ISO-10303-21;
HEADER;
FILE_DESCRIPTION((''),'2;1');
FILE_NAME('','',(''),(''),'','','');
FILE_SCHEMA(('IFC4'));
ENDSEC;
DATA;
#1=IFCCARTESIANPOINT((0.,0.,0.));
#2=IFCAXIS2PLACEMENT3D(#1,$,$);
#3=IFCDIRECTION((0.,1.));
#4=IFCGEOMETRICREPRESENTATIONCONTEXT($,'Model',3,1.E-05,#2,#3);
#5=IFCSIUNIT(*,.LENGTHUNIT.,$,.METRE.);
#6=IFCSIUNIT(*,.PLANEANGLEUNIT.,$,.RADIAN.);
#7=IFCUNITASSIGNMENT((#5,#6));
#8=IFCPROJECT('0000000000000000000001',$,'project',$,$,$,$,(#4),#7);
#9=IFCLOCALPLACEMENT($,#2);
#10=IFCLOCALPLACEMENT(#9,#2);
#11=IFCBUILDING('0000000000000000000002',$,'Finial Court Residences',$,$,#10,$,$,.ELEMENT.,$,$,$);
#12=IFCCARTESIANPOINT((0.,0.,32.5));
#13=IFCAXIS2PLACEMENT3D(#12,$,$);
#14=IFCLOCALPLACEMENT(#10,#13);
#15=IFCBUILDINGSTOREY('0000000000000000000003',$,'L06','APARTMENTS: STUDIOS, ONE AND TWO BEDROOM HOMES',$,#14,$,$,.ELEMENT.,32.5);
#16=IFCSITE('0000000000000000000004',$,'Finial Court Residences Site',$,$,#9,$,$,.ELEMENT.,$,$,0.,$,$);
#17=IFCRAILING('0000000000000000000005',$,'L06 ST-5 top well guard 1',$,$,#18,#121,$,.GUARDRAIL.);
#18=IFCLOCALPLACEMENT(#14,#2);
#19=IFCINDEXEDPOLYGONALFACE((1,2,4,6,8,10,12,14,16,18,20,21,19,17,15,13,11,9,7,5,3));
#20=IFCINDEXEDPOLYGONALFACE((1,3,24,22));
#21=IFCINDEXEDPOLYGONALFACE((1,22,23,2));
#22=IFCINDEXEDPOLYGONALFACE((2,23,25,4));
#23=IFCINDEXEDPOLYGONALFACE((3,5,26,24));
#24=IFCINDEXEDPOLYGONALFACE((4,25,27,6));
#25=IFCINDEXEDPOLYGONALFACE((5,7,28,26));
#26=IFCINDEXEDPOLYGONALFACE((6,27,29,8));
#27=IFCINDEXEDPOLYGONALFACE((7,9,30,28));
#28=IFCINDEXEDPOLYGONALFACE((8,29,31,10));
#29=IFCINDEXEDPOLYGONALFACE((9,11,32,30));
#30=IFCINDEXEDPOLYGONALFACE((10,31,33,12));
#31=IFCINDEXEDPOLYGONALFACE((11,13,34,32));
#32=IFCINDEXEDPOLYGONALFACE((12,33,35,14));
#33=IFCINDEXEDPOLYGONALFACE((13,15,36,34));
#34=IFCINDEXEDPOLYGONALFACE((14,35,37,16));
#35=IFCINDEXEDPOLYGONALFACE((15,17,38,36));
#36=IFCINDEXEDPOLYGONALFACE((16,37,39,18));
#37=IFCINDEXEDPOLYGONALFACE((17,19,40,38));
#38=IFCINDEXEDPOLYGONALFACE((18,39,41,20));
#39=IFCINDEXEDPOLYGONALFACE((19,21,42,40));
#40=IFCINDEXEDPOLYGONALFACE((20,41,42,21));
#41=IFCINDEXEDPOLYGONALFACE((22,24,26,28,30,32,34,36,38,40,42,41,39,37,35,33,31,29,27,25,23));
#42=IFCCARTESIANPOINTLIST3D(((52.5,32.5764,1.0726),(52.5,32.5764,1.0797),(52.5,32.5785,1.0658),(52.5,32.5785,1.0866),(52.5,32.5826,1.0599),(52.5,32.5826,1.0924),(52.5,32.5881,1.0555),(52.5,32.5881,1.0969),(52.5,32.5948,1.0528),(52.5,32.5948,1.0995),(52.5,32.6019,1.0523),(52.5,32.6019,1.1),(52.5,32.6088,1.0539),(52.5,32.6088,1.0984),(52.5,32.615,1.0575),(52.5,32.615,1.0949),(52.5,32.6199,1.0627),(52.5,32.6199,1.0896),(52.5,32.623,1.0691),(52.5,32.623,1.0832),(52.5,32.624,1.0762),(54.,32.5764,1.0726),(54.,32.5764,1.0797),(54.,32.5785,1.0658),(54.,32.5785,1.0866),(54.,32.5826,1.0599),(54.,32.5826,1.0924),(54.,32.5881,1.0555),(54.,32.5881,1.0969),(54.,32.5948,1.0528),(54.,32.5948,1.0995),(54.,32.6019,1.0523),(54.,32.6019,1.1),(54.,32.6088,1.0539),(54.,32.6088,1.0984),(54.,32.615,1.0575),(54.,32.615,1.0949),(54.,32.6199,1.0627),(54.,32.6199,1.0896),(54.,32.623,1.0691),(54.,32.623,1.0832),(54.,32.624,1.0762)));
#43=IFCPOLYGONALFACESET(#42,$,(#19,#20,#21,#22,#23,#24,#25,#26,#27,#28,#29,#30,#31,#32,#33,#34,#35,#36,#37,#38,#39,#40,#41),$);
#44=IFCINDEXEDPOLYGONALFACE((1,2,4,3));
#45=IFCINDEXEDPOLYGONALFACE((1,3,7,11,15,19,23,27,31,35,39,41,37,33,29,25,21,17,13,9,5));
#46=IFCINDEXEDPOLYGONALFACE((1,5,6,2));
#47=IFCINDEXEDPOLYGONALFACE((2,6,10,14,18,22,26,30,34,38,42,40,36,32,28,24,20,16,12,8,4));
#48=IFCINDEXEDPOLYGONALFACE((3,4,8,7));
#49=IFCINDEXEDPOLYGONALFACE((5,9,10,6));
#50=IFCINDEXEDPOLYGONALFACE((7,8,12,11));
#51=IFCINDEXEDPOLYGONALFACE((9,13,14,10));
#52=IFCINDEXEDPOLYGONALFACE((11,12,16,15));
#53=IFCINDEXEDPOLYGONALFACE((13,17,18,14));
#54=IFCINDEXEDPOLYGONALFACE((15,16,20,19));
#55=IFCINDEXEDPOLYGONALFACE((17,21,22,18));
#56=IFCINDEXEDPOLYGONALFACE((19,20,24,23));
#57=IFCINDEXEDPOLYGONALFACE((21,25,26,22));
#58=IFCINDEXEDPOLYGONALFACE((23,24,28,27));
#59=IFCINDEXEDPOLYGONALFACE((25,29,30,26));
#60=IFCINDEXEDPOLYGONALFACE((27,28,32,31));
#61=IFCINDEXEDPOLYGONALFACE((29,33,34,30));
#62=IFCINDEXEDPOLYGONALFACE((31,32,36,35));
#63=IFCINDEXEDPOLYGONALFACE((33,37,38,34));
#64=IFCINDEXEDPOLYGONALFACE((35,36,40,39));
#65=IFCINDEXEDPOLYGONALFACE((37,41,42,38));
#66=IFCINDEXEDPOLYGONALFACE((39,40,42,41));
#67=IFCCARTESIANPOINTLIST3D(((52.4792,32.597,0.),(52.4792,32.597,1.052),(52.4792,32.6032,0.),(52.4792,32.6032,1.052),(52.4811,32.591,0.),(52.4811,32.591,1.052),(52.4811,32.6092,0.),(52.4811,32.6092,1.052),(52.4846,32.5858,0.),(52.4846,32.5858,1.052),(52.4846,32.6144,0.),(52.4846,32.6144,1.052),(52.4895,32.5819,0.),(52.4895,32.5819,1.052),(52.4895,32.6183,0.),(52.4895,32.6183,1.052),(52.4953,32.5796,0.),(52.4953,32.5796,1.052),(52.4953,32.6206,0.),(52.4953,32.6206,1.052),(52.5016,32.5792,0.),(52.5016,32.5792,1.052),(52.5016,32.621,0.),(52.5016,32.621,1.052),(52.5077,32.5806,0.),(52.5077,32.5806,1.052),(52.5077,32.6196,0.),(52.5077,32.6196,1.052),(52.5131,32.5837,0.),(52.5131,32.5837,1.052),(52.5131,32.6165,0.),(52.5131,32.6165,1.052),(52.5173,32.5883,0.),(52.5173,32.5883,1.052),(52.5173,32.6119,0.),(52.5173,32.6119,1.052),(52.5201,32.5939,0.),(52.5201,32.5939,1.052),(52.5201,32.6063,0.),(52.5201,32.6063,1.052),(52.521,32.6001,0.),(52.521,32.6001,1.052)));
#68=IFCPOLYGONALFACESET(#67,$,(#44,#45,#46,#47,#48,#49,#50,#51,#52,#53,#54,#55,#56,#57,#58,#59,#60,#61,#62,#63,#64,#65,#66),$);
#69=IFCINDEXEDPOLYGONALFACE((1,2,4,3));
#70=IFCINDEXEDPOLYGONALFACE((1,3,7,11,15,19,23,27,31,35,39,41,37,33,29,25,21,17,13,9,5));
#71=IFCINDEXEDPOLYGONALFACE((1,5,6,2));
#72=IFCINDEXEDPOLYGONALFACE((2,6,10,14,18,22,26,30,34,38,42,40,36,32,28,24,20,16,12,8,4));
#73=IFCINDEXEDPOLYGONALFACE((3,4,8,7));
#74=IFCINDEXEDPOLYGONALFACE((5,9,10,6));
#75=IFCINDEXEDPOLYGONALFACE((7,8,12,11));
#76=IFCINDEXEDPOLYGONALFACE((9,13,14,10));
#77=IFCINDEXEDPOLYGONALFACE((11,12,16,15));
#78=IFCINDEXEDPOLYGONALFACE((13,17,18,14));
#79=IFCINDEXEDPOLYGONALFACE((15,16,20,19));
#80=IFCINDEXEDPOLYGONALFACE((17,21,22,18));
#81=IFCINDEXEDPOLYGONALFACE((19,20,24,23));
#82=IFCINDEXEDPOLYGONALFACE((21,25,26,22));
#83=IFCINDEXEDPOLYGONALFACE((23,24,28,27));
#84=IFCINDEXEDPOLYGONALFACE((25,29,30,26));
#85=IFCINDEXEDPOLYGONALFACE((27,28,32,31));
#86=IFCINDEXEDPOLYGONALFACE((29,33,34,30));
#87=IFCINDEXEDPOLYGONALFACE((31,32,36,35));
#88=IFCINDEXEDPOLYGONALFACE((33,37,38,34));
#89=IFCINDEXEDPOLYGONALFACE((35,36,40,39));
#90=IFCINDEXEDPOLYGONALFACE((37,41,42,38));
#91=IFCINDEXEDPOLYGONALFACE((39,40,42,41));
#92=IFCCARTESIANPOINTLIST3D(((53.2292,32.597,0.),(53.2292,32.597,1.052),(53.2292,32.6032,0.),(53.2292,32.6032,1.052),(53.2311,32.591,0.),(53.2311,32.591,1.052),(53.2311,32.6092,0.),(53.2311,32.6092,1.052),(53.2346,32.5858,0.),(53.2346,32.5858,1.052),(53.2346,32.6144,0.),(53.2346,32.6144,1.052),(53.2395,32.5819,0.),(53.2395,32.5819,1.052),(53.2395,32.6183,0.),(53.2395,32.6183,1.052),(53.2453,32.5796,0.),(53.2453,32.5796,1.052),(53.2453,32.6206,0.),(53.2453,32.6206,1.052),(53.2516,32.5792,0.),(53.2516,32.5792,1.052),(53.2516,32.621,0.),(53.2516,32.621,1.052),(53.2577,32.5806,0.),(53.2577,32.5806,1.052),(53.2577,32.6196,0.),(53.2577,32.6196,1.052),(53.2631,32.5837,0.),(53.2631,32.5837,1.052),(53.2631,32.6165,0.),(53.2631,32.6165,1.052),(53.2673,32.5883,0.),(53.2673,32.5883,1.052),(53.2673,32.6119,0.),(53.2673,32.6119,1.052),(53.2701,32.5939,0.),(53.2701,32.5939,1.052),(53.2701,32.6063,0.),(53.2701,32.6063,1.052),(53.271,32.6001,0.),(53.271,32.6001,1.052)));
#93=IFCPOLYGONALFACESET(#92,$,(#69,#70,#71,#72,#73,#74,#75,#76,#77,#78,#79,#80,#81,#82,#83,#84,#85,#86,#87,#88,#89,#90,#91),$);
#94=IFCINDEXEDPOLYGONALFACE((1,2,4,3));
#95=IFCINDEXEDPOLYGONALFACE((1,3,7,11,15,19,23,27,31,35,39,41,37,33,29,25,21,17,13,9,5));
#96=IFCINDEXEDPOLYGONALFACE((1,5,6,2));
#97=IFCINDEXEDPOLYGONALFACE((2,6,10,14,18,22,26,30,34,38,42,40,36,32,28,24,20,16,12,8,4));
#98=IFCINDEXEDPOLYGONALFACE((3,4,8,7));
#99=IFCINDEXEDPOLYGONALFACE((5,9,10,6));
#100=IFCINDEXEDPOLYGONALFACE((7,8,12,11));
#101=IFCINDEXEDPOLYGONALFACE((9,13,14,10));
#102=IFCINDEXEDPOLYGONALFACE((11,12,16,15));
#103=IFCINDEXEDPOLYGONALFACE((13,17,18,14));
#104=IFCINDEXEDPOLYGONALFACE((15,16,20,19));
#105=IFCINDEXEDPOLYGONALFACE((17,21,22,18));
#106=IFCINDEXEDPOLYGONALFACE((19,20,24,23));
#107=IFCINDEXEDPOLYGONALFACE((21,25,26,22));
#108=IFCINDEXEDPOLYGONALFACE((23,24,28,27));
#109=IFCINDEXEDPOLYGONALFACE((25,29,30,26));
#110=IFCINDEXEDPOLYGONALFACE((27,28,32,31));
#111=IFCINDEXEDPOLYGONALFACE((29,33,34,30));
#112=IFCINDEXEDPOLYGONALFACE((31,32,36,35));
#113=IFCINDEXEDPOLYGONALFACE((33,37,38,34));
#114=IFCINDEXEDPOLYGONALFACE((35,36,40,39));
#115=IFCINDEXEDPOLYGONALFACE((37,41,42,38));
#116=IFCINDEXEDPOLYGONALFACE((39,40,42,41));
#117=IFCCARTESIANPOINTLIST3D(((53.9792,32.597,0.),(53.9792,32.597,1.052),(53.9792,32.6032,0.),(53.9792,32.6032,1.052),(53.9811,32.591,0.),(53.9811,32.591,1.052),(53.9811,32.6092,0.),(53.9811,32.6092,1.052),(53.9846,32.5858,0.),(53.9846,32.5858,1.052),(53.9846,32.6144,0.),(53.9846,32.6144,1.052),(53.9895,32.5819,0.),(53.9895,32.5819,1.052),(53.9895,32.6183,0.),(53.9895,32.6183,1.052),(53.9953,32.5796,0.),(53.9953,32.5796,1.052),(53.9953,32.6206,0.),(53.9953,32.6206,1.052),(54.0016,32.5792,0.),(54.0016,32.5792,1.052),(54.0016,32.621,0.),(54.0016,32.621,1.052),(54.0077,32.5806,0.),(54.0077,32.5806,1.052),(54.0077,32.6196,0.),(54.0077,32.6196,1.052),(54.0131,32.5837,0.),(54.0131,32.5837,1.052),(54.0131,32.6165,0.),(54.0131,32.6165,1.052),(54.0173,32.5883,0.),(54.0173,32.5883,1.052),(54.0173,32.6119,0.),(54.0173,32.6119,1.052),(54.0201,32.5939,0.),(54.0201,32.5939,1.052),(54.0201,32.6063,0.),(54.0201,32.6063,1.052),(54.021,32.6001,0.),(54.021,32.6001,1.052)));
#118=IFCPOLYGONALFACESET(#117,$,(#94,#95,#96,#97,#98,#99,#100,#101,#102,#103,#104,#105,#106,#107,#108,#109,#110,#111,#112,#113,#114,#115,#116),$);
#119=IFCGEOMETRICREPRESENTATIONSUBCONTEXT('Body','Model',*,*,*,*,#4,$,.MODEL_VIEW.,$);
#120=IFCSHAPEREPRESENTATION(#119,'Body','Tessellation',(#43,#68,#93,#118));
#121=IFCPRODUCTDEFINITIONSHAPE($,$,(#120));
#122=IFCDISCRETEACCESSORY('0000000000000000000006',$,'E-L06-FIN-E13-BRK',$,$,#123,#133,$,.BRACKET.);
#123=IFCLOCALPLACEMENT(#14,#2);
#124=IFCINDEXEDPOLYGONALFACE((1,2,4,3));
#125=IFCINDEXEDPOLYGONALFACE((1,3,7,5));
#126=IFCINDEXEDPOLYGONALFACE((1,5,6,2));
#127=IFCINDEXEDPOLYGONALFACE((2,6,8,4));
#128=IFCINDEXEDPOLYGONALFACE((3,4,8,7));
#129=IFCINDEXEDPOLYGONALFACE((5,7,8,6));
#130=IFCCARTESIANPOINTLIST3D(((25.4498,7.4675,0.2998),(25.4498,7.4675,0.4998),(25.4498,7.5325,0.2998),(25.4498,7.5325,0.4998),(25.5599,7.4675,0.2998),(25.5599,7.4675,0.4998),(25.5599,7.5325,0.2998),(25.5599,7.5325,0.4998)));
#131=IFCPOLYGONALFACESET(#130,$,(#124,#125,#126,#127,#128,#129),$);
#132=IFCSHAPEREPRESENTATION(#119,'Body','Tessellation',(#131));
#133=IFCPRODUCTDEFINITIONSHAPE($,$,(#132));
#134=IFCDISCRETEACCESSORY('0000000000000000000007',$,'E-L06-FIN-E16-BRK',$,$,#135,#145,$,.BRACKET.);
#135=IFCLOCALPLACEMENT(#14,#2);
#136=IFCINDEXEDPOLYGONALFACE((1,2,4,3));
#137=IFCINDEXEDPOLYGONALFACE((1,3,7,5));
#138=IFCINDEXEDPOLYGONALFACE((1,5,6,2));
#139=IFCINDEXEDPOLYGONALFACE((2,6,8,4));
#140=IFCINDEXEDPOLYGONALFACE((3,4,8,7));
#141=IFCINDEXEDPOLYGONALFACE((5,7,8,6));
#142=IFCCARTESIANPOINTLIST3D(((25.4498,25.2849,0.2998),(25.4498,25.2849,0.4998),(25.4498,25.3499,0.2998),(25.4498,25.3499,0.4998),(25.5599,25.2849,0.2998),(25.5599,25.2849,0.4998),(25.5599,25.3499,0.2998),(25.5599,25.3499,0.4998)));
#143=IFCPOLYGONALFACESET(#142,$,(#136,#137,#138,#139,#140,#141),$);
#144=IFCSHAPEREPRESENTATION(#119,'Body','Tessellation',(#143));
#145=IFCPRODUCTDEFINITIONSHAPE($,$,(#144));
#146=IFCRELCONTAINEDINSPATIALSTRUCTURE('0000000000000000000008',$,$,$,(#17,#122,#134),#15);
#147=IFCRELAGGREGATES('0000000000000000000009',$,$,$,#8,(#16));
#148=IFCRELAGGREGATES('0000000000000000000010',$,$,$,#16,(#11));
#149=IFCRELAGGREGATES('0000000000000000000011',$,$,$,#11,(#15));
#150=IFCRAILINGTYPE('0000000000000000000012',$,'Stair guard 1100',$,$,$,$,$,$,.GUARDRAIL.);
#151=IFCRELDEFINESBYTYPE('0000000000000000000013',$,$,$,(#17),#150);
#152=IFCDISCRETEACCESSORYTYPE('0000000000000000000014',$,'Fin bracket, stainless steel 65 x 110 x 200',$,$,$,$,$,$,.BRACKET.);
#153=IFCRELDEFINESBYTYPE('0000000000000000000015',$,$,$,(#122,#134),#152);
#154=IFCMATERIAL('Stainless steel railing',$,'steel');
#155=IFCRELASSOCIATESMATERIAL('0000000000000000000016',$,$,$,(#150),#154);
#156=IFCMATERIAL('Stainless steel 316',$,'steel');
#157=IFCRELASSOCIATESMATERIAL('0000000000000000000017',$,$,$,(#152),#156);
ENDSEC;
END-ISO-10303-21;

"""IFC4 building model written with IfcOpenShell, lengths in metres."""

from ifc_helpers import new_model, si_unit, direction, frame, origin, origin_2d, place, context, subcontext, project, spatial, rectangle, circle, extrude, material, type_object, element, save


model = new_model("IFC4")

# Units and contexts
model_context = context("Model", 3, precision=1e-05, world=origin(), true_north=direction((0.0, 1.0)))
body_context = subcontext(model_context, "Body", "Model", "MODEL_VIEW")
ifc_project = project(units=[si_unit("LENGTHUNIT", "METRE"), si_unit("PLANEANGLEUNIT", "RADIAN")], contexts=[model_context])

# Site, building, storey
site_placement = place(None, origin())
site = spatial("IfcSite", under=ifc_project, at=site_placement, Name="Finial Court Residences Site", CompositionType="ELEMENT", RefElevation=0.0)
building_placement = place(site_placement, origin())
building = spatial("IfcBuilding", under=site, at=building_placement, Name="Finial Court Residences", CompositionType="ELEMENT")
storey_placement = place(building_placement, frame((0.0, 0.0, 32.5)))
storey = spatial("IfcBuildingStorey", under=building, at=storey_placement, Name="L06", Description="APARTMENTS: STUDIOS, ONE AND TWO BEDROOM HOMES", CompositionType="ELEMENT", Elevation=32.5)

# Railing
ifc_material_1 = material(Name="Stainless steel railing", Category="steel")
railing_type_1 = type_object("IfcRailingType", Name="Stair guard 1100", PredefinedType="GUARDRAIL", material=ifc_material_1)
railing_1_placement = place(storey_placement, frame((52.5, 32.6001, 0.0)))
element("IfcRailing", 1, at=railing_1_placement, inside=storey, type_object=railing_type_1, Name="L06 ST-5 top well guard 1", PredefinedType="GUARDRAIL", context=body_context, shape_type="SweptSolid", body=[
    extrude(circle(Radius=0.0239, at=origin_2d()), frame((0.0, 0.0, 1.0762), z_axis=(1.0, 0.0, 0.0), x_axis=(0.0, 1.0, 0.0)), (0.0, 0.0, 1.0), 1.5),
    extrude(circle(Radius=0.021, at=origin_2d()), origin(), (0.0, 0.0, 1.0), 1.052),
    extrude(circle(Radius=0.021, at=origin_2d()), frame((0.75, 0.0, 0.0)), (0.0, 0.0, 1.0), 1.052),
    extrude(circle(Radius=0.021, at=origin_2d()), frame((1.5, 0.0, 0.0)), (0.0, 0.0, 1.0), 1.052),
])

# Discrete accessories
ifc_material_2 = material(Name="Stainless steel 316", Category="steel")
discrete_accessory_type = type_object("IfcDiscreteAccessoryType", Name="Fin bracket, stainless steel 65 x 110 x 200", PredefinedType="BRACKET", material=ifc_material_2)
for number, where, z_axis, x_axis, name in (
    (2, (25.5049, 7.5, 0.2998), (0.0, 0.0, 1.0), (1.0, 0.0, 0.0), "E-L06-FIN-E13-BRK"),
    (3, (25.5049, 25.3174, 0.2998), (0.0, 0.0, 1.0), (1.0, 0.0, 0.0), "E-L06-FIN-E16-BRK"),
):
    element("IfcDiscreteAccessory", number, at=place(storey_placement, frame(where, z_axis=z_axis, x_axis=x_axis)), inside=storey, type_object=discrete_accessory_type, Name=name, PredefinedType="BRACKET", context=body_context, shape_type="SweptSolid", body=[
        extrude(rectangle(XDim=0.1101, YDim=0.0649, at=origin_2d()), origin(), (0.0, 0.0, 1.0), 0.2),
    ])

save(model, "model.ifc")
